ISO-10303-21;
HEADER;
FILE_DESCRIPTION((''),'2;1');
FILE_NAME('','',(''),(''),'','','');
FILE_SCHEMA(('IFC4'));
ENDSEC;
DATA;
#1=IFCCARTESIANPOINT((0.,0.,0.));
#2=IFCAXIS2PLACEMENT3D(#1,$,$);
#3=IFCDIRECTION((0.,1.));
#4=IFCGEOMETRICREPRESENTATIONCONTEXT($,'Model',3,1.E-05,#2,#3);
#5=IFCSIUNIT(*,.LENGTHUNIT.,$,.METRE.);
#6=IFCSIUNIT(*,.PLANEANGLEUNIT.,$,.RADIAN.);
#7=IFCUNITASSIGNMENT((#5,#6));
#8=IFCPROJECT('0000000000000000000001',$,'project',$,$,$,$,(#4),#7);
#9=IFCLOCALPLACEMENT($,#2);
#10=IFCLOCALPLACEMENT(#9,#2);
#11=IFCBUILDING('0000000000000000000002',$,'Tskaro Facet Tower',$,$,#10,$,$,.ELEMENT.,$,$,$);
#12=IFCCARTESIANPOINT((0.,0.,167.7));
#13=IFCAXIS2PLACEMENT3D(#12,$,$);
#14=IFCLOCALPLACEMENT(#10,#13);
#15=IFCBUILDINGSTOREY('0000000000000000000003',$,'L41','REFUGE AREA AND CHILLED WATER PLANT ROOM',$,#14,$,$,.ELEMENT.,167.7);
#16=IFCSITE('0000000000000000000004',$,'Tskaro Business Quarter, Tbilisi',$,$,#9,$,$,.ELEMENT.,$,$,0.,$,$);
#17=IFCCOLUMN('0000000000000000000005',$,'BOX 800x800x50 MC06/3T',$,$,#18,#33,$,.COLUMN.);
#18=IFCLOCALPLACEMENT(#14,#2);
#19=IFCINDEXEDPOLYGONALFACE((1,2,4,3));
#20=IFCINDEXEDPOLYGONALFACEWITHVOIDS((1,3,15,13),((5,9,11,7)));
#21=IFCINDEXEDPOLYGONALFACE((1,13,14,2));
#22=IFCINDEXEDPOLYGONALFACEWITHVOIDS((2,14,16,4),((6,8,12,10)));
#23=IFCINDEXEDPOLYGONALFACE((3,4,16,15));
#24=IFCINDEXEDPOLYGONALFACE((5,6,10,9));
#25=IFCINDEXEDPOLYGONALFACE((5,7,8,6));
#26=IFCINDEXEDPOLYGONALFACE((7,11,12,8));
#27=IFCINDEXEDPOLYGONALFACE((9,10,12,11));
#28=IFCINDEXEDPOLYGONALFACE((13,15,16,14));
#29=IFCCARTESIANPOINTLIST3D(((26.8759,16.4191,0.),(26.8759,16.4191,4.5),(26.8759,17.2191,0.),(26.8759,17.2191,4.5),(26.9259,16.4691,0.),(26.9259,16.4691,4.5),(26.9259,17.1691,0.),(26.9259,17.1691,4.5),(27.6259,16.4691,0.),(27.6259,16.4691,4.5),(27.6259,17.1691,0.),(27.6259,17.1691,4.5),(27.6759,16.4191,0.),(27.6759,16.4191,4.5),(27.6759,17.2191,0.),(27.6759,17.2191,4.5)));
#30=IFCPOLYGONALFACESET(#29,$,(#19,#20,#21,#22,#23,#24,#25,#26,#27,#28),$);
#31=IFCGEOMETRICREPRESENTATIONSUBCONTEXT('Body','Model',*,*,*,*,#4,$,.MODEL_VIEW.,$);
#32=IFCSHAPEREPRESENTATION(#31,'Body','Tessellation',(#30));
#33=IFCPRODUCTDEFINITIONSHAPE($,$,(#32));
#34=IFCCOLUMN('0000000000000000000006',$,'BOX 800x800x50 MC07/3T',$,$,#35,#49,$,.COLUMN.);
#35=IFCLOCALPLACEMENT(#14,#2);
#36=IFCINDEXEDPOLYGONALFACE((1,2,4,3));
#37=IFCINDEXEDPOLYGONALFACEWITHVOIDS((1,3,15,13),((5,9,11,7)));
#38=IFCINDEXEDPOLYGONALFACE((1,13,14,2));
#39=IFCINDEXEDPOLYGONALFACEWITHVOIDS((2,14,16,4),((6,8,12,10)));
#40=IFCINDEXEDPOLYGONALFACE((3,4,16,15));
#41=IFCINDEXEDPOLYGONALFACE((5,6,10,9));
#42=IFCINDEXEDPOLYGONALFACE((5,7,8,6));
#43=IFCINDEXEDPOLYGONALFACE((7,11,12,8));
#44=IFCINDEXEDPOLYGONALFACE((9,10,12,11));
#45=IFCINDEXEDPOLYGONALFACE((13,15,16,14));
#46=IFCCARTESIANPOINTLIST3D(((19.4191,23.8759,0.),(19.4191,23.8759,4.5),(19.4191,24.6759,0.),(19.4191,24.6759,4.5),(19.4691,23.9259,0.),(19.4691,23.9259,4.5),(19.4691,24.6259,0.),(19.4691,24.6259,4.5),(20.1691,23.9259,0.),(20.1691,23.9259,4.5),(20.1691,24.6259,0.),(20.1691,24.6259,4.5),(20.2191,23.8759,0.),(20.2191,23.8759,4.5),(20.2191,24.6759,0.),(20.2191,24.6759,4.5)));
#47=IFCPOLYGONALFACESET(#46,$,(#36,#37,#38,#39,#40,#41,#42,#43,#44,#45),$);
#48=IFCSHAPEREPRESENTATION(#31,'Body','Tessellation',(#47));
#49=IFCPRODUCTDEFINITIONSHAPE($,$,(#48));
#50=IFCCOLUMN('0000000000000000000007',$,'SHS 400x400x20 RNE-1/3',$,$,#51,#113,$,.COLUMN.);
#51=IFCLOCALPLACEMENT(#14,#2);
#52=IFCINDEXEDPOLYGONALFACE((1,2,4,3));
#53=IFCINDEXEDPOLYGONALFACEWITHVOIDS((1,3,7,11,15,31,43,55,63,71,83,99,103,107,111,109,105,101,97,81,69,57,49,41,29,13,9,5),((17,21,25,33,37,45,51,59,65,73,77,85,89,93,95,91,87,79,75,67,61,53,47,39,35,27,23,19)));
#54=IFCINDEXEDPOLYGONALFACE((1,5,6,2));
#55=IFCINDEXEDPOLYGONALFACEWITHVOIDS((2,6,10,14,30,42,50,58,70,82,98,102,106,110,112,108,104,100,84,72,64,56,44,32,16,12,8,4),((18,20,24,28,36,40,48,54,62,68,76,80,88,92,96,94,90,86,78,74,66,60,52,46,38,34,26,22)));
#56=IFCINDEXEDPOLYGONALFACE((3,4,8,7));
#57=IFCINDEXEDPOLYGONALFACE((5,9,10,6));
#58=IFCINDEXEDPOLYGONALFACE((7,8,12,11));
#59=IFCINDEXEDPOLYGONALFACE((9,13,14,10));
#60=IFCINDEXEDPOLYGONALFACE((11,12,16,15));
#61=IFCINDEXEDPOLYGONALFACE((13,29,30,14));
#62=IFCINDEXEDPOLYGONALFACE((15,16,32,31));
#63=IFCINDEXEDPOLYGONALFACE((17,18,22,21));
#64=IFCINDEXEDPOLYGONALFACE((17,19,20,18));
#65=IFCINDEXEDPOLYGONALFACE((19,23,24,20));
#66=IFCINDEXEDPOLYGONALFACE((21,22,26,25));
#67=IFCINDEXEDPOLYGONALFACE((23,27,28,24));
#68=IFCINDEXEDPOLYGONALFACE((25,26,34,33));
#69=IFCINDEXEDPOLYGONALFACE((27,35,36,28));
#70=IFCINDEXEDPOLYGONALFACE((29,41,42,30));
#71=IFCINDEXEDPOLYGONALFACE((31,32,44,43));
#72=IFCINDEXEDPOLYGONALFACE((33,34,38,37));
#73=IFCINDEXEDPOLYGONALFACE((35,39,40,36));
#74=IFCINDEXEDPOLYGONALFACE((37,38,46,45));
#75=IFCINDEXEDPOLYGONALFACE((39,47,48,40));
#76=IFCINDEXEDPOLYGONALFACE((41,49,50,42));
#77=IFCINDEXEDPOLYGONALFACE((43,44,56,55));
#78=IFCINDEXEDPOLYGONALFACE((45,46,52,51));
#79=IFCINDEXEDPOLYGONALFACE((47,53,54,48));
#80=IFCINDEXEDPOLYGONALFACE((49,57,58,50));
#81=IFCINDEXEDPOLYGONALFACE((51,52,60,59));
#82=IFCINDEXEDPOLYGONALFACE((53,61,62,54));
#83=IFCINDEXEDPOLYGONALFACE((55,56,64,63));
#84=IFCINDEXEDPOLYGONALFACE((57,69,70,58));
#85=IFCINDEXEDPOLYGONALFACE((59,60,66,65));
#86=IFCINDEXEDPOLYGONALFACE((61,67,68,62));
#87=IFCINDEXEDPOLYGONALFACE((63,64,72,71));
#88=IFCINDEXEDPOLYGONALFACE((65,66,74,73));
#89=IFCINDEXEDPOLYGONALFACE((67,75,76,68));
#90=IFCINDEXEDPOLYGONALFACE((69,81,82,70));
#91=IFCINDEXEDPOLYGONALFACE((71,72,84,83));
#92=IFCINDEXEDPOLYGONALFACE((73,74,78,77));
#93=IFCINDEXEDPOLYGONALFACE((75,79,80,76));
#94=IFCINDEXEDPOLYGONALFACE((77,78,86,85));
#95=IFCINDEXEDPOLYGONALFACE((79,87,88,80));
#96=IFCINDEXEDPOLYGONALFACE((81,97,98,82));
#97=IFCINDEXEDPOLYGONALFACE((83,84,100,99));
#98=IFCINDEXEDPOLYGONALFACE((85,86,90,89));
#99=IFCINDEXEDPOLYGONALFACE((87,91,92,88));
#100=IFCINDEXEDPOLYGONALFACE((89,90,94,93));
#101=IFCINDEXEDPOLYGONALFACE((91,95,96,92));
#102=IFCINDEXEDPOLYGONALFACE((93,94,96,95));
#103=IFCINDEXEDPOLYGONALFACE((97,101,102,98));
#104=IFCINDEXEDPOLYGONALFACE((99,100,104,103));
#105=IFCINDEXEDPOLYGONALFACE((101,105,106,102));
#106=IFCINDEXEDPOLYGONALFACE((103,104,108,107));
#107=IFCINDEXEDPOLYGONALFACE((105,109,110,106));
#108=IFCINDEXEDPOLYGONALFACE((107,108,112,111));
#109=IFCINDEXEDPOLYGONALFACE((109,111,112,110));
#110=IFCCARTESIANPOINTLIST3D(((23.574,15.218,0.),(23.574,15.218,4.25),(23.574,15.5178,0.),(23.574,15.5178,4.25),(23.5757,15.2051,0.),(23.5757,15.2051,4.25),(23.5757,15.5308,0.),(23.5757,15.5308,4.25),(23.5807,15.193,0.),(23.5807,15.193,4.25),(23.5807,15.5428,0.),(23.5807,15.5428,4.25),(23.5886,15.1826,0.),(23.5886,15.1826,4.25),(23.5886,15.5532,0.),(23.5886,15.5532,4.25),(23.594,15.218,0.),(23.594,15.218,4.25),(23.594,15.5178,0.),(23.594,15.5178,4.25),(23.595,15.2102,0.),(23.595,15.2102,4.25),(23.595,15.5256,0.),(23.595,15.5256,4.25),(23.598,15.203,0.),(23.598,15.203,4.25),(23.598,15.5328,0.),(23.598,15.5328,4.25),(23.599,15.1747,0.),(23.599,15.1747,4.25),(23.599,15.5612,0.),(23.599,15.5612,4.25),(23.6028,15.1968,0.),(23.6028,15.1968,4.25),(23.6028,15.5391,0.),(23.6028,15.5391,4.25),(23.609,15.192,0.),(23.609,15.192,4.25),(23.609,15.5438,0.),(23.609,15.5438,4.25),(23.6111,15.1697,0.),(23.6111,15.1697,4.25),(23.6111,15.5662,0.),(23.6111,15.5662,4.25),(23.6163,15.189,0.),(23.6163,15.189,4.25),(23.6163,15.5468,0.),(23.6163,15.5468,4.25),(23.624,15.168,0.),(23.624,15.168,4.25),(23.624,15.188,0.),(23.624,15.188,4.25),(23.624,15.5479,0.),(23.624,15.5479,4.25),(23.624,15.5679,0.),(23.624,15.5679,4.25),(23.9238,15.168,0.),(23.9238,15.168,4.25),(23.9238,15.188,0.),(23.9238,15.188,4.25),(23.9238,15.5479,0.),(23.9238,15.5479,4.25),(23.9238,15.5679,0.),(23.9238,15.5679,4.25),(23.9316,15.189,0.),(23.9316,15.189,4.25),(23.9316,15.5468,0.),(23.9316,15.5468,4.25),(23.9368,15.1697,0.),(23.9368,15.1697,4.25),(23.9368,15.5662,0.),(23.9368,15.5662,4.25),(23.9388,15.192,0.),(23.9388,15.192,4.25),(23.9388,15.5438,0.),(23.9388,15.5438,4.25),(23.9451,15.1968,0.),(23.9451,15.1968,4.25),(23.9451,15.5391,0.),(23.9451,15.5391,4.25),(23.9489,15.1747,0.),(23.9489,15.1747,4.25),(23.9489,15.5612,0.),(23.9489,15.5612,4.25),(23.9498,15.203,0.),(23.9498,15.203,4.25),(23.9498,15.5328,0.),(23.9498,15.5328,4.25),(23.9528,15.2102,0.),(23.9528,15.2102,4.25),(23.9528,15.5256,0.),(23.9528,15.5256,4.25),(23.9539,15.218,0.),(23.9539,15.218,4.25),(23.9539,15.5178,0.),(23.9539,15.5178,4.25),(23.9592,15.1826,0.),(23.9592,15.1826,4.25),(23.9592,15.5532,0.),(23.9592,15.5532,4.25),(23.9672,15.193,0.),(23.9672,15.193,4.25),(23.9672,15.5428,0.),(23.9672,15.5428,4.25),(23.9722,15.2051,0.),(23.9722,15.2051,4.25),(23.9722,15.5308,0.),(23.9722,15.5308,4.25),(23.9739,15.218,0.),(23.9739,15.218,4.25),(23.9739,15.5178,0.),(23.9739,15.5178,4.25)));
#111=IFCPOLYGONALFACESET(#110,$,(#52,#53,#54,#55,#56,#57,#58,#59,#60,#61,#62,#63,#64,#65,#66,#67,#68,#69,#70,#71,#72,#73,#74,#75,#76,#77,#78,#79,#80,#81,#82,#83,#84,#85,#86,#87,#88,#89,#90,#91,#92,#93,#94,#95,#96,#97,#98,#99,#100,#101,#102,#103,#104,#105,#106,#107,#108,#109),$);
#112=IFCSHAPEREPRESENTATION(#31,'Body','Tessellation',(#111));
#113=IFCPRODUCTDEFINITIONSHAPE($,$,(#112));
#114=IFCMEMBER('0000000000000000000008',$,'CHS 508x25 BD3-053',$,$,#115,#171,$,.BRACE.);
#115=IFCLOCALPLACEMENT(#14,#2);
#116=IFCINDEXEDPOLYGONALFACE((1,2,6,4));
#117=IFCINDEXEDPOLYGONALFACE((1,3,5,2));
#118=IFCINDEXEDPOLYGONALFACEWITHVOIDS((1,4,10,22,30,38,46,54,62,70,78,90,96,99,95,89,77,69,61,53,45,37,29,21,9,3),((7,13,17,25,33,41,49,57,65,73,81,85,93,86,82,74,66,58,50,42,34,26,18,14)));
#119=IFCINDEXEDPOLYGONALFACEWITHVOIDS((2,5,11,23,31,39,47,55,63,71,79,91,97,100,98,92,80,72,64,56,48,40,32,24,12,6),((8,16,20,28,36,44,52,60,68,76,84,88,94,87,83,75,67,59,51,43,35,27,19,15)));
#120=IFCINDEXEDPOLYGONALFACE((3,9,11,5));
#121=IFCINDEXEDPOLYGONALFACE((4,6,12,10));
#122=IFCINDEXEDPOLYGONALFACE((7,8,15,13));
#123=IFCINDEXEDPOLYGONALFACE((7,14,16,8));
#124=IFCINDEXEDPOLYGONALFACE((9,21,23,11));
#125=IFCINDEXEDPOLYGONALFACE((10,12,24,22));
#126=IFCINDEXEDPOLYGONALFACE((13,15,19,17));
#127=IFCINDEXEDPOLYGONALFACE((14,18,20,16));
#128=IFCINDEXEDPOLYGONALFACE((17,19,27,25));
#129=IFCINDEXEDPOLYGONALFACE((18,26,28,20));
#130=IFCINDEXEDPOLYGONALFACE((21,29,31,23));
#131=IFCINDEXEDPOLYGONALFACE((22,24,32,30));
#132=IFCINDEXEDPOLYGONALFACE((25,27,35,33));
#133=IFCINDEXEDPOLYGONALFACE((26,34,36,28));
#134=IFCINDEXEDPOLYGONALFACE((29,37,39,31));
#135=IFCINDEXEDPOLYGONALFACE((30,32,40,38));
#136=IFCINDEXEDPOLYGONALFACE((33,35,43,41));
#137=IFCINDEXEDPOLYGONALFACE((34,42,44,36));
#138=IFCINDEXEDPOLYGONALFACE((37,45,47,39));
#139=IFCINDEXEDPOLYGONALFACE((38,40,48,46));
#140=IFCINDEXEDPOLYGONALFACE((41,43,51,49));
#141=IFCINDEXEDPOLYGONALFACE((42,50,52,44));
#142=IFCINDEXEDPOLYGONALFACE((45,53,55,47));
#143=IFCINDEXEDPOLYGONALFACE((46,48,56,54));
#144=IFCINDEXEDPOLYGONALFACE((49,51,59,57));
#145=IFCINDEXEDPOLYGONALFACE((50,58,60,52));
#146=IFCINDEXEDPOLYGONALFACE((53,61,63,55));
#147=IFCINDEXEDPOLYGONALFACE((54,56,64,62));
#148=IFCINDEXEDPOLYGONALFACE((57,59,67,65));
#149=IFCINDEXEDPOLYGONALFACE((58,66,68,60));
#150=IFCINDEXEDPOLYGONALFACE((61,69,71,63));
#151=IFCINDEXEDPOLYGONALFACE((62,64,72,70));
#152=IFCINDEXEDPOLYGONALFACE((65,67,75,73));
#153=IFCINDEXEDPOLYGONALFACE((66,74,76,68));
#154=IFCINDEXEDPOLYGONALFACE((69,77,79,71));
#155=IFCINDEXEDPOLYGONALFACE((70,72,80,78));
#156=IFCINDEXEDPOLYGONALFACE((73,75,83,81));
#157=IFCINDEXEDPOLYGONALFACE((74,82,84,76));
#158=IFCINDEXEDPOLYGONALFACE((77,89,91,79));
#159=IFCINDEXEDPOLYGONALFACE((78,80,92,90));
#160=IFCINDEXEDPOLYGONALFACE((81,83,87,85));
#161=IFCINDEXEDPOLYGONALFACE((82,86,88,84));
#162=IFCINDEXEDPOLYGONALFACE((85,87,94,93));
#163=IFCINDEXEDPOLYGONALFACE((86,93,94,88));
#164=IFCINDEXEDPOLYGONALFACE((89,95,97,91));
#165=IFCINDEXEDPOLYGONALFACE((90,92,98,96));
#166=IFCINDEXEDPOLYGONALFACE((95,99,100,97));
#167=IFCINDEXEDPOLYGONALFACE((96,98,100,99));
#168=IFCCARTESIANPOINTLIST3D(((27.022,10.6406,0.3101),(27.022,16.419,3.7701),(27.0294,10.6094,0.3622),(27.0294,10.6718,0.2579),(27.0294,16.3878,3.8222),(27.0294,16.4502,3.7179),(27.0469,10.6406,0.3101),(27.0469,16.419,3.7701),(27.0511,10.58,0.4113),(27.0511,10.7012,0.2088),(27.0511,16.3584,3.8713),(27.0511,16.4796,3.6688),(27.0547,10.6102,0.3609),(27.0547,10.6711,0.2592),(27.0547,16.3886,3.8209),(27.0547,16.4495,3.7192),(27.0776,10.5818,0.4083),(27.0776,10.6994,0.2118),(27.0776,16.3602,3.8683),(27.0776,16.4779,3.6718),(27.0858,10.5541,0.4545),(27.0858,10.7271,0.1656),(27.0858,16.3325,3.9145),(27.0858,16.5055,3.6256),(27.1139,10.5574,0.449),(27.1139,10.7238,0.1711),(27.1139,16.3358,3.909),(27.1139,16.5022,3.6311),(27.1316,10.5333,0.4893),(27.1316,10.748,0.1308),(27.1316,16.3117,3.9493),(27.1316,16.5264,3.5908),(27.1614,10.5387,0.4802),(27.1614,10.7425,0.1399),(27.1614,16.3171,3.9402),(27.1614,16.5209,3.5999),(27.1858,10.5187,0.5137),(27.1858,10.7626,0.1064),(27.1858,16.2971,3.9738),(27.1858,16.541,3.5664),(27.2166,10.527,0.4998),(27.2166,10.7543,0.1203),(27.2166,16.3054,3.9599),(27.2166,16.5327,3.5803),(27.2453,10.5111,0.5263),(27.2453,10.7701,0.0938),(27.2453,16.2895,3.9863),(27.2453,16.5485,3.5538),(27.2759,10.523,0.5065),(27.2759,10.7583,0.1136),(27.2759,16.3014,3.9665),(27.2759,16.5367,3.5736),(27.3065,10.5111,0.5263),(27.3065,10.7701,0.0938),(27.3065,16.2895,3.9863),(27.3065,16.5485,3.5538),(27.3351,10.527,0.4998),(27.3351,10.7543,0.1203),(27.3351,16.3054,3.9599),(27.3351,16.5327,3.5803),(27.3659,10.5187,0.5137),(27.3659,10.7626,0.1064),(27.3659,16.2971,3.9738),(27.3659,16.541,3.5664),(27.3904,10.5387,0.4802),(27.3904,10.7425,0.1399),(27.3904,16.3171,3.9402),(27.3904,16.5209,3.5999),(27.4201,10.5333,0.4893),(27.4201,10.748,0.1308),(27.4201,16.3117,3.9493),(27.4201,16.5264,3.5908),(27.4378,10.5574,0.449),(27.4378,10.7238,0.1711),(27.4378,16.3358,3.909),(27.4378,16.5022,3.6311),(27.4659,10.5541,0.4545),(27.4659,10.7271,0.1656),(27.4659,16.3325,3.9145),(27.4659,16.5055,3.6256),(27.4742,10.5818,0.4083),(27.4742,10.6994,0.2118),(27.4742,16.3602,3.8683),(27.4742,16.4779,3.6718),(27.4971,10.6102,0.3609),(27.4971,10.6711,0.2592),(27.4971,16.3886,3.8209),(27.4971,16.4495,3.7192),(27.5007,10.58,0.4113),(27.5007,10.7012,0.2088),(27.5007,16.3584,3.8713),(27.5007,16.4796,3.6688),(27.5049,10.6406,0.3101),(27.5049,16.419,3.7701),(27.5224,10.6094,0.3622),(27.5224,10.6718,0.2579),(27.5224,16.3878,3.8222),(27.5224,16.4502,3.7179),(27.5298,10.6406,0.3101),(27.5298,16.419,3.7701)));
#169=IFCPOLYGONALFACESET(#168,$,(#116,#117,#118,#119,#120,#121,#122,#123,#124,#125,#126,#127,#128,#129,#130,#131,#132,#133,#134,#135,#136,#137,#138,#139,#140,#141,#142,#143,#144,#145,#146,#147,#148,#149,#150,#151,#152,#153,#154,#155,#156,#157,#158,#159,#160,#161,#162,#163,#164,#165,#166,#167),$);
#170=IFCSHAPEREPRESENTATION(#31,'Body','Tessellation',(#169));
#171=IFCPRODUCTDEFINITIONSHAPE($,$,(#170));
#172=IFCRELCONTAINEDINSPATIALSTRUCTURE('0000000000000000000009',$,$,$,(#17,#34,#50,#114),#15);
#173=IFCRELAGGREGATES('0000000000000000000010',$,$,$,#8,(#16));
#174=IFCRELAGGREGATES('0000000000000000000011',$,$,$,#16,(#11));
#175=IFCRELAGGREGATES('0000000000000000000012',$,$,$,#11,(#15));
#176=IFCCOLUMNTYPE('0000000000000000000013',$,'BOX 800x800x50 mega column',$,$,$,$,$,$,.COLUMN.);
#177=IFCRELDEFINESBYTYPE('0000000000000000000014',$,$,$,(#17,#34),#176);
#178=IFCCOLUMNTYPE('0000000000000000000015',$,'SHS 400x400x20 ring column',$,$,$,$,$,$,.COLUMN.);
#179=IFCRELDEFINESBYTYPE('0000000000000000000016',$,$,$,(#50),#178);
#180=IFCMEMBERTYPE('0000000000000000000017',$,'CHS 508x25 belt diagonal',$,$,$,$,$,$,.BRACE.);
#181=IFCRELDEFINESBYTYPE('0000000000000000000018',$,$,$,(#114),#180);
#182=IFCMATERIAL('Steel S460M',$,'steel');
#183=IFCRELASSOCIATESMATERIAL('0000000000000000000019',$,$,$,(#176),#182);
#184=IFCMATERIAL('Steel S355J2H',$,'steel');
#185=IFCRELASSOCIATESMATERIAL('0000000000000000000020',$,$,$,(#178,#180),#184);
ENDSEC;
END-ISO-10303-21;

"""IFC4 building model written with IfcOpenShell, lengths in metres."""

from ifc_helpers import new_model, si_unit, direction, frame, origin, origin_2d, place, context, subcontext, project, spatial, hollow_rectangle, hollow_circle, extrude, material, material_profile, profile_set, type_object, element, save


model = new_model("IFC4")

# Units and contexts
model_context = context("Model", 3, precision=1e-05, world=origin(), true_north=direction((0.0, 1.0)))
body_context = subcontext(model_context, "Body", "Model", "MODEL_VIEW")
ifc_project = project(units=[si_unit("LENGTHUNIT", "METRE"), si_unit("PLANEANGLEUNIT", "RADIAN")], contexts=[model_context])

# Site, building, storey
site_placement = place(None, origin())
site = spatial("IfcSite", under=ifc_project, at=site_placement, Name="Tskaro Business Quarter, Tbilisi", CompositionType="ELEMENT", RefElevation=0.0)
building_placement = place(site_placement, origin())
building = spatial("IfcBuilding", under=site, at=building_placement, Name="Tskaro Facet Tower", CompositionType="ELEMENT")
storey_placement = place(building_placement, frame((0.0, 0.0, 167.7)))
storey = spatial("IfcBuildingStorey", under=building, at=storey_placement, Name="L41", Description="REFUGE AREA AND CHILLED WATER PLANT ROOM", CompositionType="ELEMENT", Elevation=167.7)

# Columns
ifc_material_1 = material(Name="Steel S460M", Category="steel")
ifc_material_profile_1 = material_profile(ifc_material_1, hollow_rectangle(XDim=0.8, YDim=0.8, WallThickness=0.05, at=origin_2d()), Name="BOX 800x800x50")
ifc_profile_set_1 = profile_set([ifc_material_profile_1], Name="Steel S460M")
column_type_1 = type_object("IfcColumnType", Name="BOX 800x800x50 mega column", PredefinedType="COLUMN", material=ifc_profile_set_1)
for number, where, z_axis, x_axis, name in (
    (1, (27.2759, 16.8191, 0.0), (0.0, 0.0, 1.0), (1.0, 0.0, 0.0), "BOX 800x800x50 MC06/3T"),
    (2, (19.8191, 24.2759, 0.0), (0.0, 0.0, 1.0), (1.0, 0.0, 0.0), "BOX 800x800x50 MC07/3T"),
):
    element("IfcColumn", number, at=place(storey_placement, frame(where, z_axis=z_axis, x_axis=x_axis)), inside=storey, type_object=column_type_1, Name=name, PredefinedType="COLUMN", context=body_context, shape_type="SweptSolid", body=[
        extrude(hollow_rectangle(XDim=0.8, YDim=0.8, WallThickness=0.05, at=origin_2d()), origin(), (0.0, 0.0, 1.0), 4.5),
    ])
ifc_material_2 = material(Name="Steel S355J2H", Category="steel")
ifc_material_profile_2 = material_profile(ifc_material_2, hollow_rectangle(XDim=0.3999, YDim=0.3999, WallThickness=0.02, InnerFilletRadius=0.03, OuterFilletRadius=0.05, at=origin_2d()), Name="SHS 400x400x20")
ifc_profile_set_2 = profile_set([ifc_material_profile_2], Name="Steel S355J2H")
column_type_2 = type_object("IfcColumnType", Name="SHS 400x400x20 ring column", PredefinedType="COLUMN", material=ifc_profile_set_2)
column_placement = place(storey_placement, frame((23.7739, 15.3679, 0.0), z_axis=(0.0, 0.0, 1.0), x_axis=(1.0, 0.0, 0.0)))
element("IfcColumn", 3, at=column_placement, inside=storey, type_object=column_type_2, Name="SHS 400x400x20 RNE-1/3", PredefinedType="COLUMN", context=body_context, shape_type="SweptSolid", body=[
    extrude(hollow_rectangle(XDim=0.3999, YDim=0.3999, WallThickness=0.02, InnerFilletRadius=0.03, OuterFilletRadius=0.05, at=origin_2d()), origin(), (0.0, 0.0, 1.0), 4.25),
])

# Member
ifc_material_profile_3 = material_profile(ifc_material_2, hollow_circle(Radius=0.2539, WallThickness=0.0249, at=origin_2d()), Name="CHS 508x25")
ifc_profile_set_3 = profile_set([ifc_material_profile_3], Name="Steel S355J2H")
member_type_1 = type_object("IfcMemberType", Name="CHS 508x25 belt diagonal", PredefinedType="BRACE", material=ifc_profile_set_3)
member_1_placement = place(storey_placement, frame((27.2759, 10.6406, 0.3101), z_axis=(0.0, 0.857953, 0.513728), x_axis=(-1.0, 0.0, 0.0)))
element("IfcMember", 4, at=member_1_placement, inside=storey, type_object=member_type_1, Name="CHS 508x25 BD3-053", PredefinedType="BRACE", context=body_context, shape_type="SweptSolid", body=[
    extrude(hollow_circle(Radius=0.2539, WallThickness=0.0249, at=origin_2d()), origin(), (0.0, 0.0, 1.0), 6.7351),
])

save(model, "model.ifc")
